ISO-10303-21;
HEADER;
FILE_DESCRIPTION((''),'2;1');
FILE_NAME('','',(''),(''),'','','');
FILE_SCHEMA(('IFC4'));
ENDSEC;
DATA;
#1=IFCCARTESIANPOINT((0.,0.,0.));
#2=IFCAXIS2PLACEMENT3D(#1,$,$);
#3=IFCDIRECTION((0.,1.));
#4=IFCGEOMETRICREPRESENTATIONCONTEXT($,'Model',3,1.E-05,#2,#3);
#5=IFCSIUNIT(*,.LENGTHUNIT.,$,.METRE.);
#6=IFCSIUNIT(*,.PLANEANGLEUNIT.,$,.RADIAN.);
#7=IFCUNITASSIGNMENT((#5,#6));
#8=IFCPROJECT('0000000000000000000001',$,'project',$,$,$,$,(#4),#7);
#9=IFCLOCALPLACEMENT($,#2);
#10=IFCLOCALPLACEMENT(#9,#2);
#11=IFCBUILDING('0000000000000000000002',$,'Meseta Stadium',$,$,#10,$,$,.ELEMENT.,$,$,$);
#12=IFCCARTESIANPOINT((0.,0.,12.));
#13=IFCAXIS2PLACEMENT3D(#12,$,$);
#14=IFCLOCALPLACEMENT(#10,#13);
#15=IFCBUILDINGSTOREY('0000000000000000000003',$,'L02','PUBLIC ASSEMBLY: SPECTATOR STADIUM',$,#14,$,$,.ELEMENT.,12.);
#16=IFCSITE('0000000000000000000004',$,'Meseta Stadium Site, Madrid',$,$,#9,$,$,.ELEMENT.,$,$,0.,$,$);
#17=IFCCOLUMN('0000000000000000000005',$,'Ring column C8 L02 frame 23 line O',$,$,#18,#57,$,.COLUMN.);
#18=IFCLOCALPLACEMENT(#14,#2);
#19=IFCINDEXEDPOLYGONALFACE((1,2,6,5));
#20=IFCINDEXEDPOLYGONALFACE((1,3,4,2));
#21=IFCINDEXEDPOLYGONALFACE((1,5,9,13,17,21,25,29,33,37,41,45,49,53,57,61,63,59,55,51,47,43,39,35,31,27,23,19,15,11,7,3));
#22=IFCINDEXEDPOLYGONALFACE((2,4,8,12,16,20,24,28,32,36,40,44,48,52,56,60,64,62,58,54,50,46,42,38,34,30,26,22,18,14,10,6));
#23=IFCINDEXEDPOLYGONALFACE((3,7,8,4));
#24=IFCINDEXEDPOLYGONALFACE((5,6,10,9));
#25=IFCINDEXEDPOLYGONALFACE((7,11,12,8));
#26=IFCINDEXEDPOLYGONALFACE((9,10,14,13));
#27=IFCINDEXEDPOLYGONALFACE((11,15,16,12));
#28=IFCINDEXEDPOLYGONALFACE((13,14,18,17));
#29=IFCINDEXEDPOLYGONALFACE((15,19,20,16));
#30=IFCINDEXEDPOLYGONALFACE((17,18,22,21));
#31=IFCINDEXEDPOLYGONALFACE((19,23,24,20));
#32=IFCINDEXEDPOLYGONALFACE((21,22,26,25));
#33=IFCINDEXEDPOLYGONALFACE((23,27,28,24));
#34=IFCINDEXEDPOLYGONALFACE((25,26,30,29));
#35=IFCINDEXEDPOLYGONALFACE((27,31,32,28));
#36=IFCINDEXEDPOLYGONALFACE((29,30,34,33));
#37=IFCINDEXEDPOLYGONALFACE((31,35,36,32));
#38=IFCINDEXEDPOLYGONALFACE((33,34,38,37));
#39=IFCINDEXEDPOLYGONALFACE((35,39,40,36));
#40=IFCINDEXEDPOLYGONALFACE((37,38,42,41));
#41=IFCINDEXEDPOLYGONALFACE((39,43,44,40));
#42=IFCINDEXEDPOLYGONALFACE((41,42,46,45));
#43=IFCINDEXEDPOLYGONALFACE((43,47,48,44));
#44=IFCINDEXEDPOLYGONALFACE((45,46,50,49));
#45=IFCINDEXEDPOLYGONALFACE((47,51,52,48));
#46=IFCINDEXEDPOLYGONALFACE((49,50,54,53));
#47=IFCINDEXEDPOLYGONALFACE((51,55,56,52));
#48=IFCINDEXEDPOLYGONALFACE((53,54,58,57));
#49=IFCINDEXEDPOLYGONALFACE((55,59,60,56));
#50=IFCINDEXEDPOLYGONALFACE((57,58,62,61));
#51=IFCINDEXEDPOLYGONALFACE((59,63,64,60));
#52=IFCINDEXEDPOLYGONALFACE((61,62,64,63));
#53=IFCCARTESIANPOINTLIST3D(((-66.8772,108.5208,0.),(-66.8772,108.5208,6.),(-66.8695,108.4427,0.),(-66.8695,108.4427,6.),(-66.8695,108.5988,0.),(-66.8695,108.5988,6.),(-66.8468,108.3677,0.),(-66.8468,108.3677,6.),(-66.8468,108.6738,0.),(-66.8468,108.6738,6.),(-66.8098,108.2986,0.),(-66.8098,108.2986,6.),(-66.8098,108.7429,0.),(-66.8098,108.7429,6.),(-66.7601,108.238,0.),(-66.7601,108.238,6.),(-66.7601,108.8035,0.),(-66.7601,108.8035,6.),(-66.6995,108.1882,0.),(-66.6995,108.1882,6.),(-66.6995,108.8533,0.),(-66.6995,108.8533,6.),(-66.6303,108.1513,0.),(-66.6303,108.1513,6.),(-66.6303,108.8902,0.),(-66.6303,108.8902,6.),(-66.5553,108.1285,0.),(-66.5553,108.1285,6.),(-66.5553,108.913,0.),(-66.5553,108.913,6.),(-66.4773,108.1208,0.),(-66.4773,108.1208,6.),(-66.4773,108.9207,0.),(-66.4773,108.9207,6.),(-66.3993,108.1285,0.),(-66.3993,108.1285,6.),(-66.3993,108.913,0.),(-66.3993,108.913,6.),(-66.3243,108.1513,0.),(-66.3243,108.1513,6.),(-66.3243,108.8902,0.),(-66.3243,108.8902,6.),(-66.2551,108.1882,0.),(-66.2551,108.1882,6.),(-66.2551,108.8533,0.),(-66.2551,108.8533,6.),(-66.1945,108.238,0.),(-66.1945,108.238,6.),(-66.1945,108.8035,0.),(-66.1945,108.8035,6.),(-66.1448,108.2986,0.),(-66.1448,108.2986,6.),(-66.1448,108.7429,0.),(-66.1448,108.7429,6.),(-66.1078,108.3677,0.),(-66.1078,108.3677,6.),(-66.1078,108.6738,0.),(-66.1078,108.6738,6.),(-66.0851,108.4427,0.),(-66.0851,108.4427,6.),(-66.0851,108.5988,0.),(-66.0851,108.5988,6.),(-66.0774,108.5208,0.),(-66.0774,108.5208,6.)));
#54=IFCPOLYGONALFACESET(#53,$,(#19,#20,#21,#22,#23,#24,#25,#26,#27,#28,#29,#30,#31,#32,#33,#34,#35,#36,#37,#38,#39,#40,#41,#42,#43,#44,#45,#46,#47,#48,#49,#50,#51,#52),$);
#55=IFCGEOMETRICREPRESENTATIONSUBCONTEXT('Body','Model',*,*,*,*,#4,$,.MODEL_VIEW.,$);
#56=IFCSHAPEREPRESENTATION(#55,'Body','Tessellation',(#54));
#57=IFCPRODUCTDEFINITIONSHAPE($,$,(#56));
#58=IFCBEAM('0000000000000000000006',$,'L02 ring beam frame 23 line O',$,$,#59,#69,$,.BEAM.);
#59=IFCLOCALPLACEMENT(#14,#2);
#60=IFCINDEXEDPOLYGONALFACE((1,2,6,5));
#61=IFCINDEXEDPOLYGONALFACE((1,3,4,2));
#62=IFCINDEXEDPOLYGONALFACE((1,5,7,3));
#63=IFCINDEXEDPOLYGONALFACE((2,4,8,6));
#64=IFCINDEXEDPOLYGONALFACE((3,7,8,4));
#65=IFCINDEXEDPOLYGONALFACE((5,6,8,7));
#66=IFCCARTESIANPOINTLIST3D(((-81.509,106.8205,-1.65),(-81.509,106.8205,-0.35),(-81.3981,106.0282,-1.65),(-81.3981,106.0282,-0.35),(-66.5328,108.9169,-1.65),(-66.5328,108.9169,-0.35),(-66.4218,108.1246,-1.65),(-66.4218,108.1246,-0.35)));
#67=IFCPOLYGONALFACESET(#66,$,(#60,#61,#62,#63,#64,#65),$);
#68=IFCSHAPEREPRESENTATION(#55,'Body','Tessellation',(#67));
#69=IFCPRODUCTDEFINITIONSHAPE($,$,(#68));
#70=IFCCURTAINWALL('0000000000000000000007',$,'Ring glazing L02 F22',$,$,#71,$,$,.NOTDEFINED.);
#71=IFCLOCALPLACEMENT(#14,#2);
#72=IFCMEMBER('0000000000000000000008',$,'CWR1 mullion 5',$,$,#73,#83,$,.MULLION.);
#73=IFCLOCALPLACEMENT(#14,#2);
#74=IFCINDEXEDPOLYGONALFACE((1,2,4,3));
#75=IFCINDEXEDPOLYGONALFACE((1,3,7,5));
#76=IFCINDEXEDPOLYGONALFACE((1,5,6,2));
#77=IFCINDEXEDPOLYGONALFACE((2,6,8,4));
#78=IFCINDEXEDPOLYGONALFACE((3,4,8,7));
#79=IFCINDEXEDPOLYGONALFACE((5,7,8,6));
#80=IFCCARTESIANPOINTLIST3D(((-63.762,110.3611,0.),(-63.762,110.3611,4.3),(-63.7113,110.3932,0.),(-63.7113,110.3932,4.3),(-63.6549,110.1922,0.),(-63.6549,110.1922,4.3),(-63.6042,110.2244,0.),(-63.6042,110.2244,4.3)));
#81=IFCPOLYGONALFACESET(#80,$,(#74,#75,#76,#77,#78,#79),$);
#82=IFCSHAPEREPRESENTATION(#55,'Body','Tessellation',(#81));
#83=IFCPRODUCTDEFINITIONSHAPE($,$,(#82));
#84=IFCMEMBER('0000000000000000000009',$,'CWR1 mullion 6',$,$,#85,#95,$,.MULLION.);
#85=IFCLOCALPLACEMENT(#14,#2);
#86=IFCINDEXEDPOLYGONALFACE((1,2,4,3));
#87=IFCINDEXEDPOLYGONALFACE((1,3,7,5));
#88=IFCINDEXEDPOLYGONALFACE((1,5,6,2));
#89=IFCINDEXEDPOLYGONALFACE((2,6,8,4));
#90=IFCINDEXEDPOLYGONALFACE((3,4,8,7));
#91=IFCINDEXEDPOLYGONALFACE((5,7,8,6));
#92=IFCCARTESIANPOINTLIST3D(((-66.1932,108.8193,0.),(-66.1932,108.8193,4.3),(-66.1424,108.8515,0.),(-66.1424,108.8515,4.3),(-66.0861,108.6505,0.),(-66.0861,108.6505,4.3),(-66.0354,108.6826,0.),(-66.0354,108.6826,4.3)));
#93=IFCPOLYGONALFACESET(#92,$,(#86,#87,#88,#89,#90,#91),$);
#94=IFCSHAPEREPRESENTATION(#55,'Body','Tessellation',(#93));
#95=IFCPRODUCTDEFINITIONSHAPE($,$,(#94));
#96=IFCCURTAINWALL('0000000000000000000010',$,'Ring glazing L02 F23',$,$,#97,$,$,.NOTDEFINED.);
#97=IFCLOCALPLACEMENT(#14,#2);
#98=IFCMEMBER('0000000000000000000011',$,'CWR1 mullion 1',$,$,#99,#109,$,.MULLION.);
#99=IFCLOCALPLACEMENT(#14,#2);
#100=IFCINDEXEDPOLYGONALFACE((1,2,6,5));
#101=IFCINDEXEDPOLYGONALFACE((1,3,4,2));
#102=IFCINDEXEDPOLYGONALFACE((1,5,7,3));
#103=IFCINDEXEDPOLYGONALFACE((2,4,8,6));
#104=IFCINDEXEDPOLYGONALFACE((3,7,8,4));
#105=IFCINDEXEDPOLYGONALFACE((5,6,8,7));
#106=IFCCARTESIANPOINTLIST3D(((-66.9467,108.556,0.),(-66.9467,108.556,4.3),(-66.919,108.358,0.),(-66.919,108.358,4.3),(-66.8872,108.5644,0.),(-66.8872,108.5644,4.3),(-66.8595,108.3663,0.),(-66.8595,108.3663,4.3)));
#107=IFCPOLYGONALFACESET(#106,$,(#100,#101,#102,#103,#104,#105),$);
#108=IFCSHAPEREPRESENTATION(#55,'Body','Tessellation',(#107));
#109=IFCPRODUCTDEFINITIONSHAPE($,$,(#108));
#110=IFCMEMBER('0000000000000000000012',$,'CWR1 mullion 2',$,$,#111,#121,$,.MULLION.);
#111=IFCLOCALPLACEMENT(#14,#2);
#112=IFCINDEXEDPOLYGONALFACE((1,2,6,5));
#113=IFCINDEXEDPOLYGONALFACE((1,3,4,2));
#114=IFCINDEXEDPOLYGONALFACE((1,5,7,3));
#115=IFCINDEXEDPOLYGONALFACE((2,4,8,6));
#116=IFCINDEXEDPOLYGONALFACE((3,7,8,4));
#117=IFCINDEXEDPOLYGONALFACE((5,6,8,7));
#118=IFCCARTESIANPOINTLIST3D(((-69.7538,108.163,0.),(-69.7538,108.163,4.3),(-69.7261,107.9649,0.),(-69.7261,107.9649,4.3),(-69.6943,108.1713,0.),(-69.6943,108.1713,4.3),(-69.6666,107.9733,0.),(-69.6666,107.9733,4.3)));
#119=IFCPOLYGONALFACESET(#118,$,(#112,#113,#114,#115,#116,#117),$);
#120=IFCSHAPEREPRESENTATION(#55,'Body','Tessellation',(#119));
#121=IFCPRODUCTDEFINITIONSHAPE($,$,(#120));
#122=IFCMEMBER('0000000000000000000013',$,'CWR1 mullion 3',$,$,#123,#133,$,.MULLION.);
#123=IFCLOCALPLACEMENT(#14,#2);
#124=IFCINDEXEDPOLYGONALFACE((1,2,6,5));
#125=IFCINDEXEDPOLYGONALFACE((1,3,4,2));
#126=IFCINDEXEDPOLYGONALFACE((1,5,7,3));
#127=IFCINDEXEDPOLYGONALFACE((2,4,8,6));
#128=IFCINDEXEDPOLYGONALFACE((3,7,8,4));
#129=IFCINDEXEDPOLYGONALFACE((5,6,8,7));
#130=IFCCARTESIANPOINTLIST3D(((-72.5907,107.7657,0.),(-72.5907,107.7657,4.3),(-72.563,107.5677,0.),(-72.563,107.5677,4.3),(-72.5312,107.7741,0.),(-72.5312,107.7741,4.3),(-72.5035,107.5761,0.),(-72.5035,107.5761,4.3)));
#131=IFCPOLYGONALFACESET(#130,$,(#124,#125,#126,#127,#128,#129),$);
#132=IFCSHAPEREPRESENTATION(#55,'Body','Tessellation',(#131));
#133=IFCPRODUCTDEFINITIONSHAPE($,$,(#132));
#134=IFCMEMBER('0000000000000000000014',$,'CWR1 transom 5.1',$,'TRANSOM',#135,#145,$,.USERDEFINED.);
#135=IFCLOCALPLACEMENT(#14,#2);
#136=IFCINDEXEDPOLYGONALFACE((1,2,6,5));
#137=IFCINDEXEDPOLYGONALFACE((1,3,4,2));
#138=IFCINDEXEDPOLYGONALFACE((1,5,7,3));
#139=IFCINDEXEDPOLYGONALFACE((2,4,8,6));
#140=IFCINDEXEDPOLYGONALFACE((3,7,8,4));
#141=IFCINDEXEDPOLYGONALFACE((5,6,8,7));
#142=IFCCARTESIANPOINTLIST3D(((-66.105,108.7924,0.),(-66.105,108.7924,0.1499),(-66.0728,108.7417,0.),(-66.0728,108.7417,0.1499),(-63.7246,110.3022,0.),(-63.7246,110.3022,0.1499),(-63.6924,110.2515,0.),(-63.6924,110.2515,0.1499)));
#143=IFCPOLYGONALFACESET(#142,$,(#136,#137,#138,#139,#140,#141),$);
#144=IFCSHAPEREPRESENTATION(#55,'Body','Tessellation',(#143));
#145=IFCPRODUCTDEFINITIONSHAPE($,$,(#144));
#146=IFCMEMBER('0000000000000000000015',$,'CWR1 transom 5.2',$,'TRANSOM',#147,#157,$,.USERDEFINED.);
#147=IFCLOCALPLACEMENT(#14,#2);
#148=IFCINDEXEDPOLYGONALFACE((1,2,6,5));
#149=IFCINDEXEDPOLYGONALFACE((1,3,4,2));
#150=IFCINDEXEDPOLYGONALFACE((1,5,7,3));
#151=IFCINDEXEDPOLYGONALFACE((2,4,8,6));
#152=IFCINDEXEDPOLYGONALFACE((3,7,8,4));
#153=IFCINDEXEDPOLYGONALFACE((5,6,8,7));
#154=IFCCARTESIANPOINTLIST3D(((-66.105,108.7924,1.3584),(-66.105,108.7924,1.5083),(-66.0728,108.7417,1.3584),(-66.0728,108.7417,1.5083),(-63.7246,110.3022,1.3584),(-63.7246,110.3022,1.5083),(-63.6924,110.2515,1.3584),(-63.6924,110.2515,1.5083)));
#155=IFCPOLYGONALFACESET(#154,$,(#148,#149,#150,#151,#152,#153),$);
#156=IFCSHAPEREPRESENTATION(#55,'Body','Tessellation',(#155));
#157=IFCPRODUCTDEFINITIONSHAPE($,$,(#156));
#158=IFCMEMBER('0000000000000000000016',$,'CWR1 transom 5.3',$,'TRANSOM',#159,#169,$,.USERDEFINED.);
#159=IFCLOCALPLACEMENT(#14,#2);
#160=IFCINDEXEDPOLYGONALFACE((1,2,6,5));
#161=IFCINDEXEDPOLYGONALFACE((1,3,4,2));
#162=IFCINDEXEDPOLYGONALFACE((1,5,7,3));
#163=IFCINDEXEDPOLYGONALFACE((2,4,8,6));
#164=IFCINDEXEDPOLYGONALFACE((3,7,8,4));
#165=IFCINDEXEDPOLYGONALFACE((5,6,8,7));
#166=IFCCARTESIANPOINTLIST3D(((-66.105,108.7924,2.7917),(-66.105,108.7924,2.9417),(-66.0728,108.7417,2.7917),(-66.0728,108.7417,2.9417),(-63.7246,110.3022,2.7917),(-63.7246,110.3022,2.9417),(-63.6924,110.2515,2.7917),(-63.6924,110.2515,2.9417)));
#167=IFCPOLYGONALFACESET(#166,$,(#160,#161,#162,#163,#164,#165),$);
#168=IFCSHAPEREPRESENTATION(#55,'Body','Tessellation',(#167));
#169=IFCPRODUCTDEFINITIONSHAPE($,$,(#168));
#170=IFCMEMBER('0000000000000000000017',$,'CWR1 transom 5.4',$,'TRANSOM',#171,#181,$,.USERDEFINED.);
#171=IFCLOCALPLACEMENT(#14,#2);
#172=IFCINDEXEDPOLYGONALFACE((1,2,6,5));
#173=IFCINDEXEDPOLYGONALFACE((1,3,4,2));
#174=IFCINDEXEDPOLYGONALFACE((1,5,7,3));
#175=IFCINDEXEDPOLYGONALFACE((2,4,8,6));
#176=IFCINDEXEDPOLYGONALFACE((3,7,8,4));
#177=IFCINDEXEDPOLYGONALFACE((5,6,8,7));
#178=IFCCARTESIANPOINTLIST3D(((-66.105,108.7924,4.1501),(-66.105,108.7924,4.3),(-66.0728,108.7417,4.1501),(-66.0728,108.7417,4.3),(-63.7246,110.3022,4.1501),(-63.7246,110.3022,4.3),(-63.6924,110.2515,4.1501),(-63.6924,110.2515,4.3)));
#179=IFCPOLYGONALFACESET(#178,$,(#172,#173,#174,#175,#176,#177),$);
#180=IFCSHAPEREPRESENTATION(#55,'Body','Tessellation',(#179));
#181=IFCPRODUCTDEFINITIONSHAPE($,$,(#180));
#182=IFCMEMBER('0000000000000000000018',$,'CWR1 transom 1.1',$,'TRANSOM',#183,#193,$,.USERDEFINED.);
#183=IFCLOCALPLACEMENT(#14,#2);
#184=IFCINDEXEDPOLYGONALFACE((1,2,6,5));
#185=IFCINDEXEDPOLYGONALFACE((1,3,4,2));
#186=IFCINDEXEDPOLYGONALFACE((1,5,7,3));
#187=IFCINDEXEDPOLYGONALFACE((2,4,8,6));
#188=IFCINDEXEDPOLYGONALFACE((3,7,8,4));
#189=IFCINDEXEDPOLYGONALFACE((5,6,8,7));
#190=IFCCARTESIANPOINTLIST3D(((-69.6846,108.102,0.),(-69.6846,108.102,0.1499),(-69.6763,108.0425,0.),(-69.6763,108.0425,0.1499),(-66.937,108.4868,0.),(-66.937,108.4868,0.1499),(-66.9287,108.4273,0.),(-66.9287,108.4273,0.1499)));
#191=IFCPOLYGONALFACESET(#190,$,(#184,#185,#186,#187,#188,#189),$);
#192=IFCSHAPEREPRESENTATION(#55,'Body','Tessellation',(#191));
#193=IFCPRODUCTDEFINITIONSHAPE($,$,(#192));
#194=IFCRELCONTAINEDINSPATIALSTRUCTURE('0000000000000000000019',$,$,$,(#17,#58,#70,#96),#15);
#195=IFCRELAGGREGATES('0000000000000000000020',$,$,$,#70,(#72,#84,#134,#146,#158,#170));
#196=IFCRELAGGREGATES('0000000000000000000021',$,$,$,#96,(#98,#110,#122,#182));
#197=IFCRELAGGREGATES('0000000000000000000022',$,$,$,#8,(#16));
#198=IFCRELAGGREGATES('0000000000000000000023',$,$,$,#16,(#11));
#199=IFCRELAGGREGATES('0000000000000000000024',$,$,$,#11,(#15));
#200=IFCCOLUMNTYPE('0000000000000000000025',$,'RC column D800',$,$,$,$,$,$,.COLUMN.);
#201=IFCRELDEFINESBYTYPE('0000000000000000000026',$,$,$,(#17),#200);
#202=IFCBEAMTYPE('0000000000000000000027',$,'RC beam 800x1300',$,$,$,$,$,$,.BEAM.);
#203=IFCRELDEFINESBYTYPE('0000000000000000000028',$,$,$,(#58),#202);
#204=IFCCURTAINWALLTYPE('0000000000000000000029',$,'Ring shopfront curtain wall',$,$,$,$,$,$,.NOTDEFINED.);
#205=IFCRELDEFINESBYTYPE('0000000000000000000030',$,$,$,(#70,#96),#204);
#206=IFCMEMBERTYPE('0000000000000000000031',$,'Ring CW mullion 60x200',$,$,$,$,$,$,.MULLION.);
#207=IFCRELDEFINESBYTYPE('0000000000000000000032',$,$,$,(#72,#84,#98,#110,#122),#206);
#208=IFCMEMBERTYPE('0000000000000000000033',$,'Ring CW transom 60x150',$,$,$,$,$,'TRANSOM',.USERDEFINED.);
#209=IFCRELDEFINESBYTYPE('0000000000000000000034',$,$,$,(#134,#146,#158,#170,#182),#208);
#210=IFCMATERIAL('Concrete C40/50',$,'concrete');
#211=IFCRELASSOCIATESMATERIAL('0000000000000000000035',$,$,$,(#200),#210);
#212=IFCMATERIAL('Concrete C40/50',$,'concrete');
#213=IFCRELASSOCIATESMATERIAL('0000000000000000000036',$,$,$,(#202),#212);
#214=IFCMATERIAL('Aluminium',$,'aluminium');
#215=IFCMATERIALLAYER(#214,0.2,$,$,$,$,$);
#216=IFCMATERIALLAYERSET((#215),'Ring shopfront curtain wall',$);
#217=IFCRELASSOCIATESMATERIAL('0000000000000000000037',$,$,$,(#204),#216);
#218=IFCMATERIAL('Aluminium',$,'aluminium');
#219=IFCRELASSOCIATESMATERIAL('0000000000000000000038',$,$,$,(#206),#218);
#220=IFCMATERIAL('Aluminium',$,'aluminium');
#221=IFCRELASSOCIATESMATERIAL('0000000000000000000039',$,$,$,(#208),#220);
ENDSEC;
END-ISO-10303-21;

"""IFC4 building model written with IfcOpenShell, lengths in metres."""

from ifc_helpers import new_model, si_unit, direction, frame, origin, origin_2d, place, context, subcontext, project, spatial, rectangle, circle, extrude, material, layer, layer_set, material_profile, profile_set, type_object, element, aggregate, save


model = new_model("IFC4")

# Units and contexts
model_context = context("Model", 3, precision=1e-05, world=origin(), true_north=direction((0.0, 1.0)))
body_context = subcontext(model_context, "Body", "Model", "MODEL_VIEW")
ifc_project = project(units=[si_unit("LENGTHUNIT", "METRE"), si_unit("PLANEANGLEUNIT", "RADIAN")], contexts=[model_context])

# Site, building, storey
site_placement = place(None, origin())
site = spatial("IfcSite", under=ifc_project, at=site_placement, Name="Meseta Stadium Site, Madrid", CompositionType="ELEMENT", RefElevation=0.0)
building_placement = place(site_placement, origin())
building = spatial("IfcBuilding", under=site, at=building_placement, Name="Meseta Stadium", CompositionType="ELEMENT")
storey_placement = place(building_placement, frame((0.0, 0.0, 12.0)))
storey = spatial("IfcBuildingStorey", under=building, at=storey_placement, Name="L02", Description="PUBLIC ASSEMBLY: SPECTATOR STADIUM", CompositionType="ELEMENT", Elevation=12.0)

# Column
ifc_material_1 = material(Name="Concrete C40/50", Category="concrete")
ifc_material_profile_1 = material_profile(ifc_material_1, circle(Radius=0.3999, at=origin_2d()), Name="RC D800")
ifc_profile_set_1 = profile_set([ifc_material_profile_1], Name="Concrete C40/50")
column_type = type_object("IfcColumnType", Name="RC column D800", PredefinedType="COLUMN", material=ifc_profile_set_1)
column_placement = place(storey_placement, frame((-66.4773, 108.5208, 0.0), z_axis=(0.0, 0.0, 1.0), x_axis=(1.0, 0.0, 0.0)))
element("IfcColumn", 1, at=column_placement, inside=storey, type_object=column_type, Name="Ring column C8 L02 frame 23 line O", PredefinedType="COLUMN", context=body_context, shape_type="SweptSolid", body=[
    extrude(circle(Radius=0.3999, at=origin_2d()), origin(), (0.0, 0.0, 1.0), 6.0),
])

# Beam
ifc_material_2 = material(Name="Concrete C40/50", Category="concrete")
ifc_material_profile_2 = material_profile(ifc_material_2, rectangle(XDim=0.8, YDim=1.3, at=origin_2d()), Name="RC 800x1300")
ifc_profile_set_2 = profile_set([ifc_material_profile_2], Name="Concrete C40/50")
beam_type = type_object("IfcBeamType", Name="RC beam 800x1300", PredefinedType="BEAM", material=ifc_profile_set_2)
beam_placement = place(storey_placement, frame((-66.4773, 108.5208, -1.0), z_axis=(-0.990344, -0.138632, 0.0), x_axis=(0.138632, -0.990344, 0.0)))
element("IfcBeam", 2, at=beam_placement, inside=storey, type_object=beam_type, Name="L02 ring beam frame 23 line O", PredefinedType="BEAM", context=body_context, shape_type="SweptSolid", body=[
    extrude(rectangle(XDim=0.8, YDim=1.3, at=origin_2d()), origin(), (0.0, 0.0, 1.0), 15.1223),
])

# Curtain walls, members
ifc_material_3 = material(Name="Aluminium", Category="aluminium")
ifc_layer_1 = layer(ifc_material_3, 0.2)
ifc_layer_set_1 = layer_set([ifc_layer_1], Name="Ring shopfront curtain wall")
curtain_wall_type = type_object("IfcCurtainWallType", Name="Ring shopfront curtain wall", PredefinedType="NOTDEFINED", material=ifc_layer_set_1)
curtain_wall_1_placement = place(storey_placement, origin())
curtain_wall_1 = element("IfcCurtainWall", 3, at=curtain_wall_1_placement, inside=storey, type_object=curtain_wall_type, Name="Ring glazing L02 F22", PredefinedType="NOTDEFINED")
ifc_material_4 = material(Name="Aluminium", Category="aluminium")
ifc_material_profile_3 = material_profile(ifc_material_4, rectangle(XDim=0.2, YDim=0.0601, at=origin_2d()), Name="CW 200x60")
ifc_profile_set_3 = profile_set([ifc_material_profile_3], Name="Aluminium")
member_type_1 = type_object("IfcMemberType", Name="Ring CW mullion 60x200", PredefinedType="MULLION", material=ifc_profile_set_3)
member_1_placement = place(storey_placement, frame((-63.6831, 110.2927, 0.0), z_axis=(0.0, 0.0, 1.0), x_axis=(0.535569, -0.844491, 0.0)))
member_1 = element("IfcMember", 4, at=member_1_placement, type_object=member_type_1, Name="CWR1 mullion 5", PredefinedType="MULLION", context=body_context, shape_type="SweptSolid", body=[
    extrude(rectangle(XDim=0.2, YDim=0.0601, at=origin_2d()), origin(), (0.0, 0.0, 1.0), 4.3),
])
member_2_placement = place(storey_placement, frame((-66.1143, 108.751, 0.0), z_axis=(0.0, 0.0, 1.0), x_axis=(0.535569, -0.844491, 0.0)))
member_2 = element("IfcMember", 5, at=member_2_placement, type_object=member_type_1, Name="CWR1 mullion 6", PredefinedType="MULLION", context=body_context, shape_type="SweptSolid", body=[
    extrude(rectangle(XDim=0.2, YDim=0.0601, at=origin_2d()), origin(), (0.0, 0.0, 1.0), 4.3),
])
curtain_wall_2_placement = place(storey_placement, origin())
curtain_wall_2 = element("IfcCurtainWall", 6, at=curtain_wall_2_placement, inside=storey, type_object=curtain_wall_type, Name="Ring glazing L02 F23", PredefinedType="NOTDEFINED")
member_3_placement = place(storey_placement, frame((-66.9031, 108.4612, 0.0), z_axis=(0.0, 0.0, 1.0), x_axis=(0.138643, -0.990342, 0.0)))
member_3 = element("IfcMember", 7, at=member_3_placement, type_object=member_type_1, Name="CWR1 mullion 1", PredefinedType="MULLION", context=body_context, shape_type="SweptSolid", body=[
    extrude(rectangle(XDim=0.2, YDim=0.0601, at=origin_2d()), origin(), (0.0, 0.0, 1.0), 4.3),
])
member_4_placement = place(storey_placement, frame((-69.7102, 108.0681, 0.0), z_axis=(0.0, 0.0, 1.0), x_axis=(0.138643, -0.990342, 0.0)))
member_4 = element("IfcMember", 8, at=member_4_placement, type_object=member_type_1, Name="CWR1 mullion 2", PredefinedType="MULLION", context=body_context, shape_type="SweptSolid", body=[
    extrude(rectangle(XDim=0.2, YDim=0.0601, at=origin_2d()), origin(), (0.0, 0.0, 1.0), 4.3),
])
member_5_placement = place(storey_placement, frame((-72.5471, 107.6709, 0.0), z_axis=(0.0, 0.0, 1.0), x_axis=(0.138643, -0.990342, 0.0)))
member_5 = element("IfcMember", 9, at=member_5_placement, type_object=member_type_1, Name="CWR1 mullion 3", PredefinedType="MULLION", context=body_context, shape_type="SweptSolid", body=[
    extrude(rectangle(XDim=0.2, YDim=0.0601, at=origin_2d()), origin(), (0.0, 0.0, 1.0), 4.3),
])

# Members
ifc_material_5 = material(Name="Aluminium", Category="aluminium")
ifc_material_profile_4 = material_profile(ifc_material_5, rectangle(XDim=0.0601, YDim=0.1499, at=origin_2d()), Name="CW 60x150")
ifc_profile_set_4 = profile_set([ifc_material_profile_4], Name="Aluminium")
member_type_2 = type_object("IfcMemberType", Name="Ring CW transom 60x150", ElementType="TRANSOM", PredefinedType="USERDEFINED", material=ifc_profile_set_4)
member_6_placement = place(storey_placement, frame((-63.7085, 110.2769, 0.075), z_axis=(-0.844467, -0.535608, 0.0), x_axis=(0.535608, -0.844467, 0.0)))
member_6 = element("IfcMember", 10, at=member_6_placement, type_object=member_type_2, Name="CWR1 transom 5.1", ObjectType="TRANSOM", PredefinedType="USERDEFINED", context=body_context, shape_type="SweptSolid", body=[
    extrude(rectangle(XDim=0.0601, YDim=0.1499, at=origin_2d()), origin(), (0.0, 0.0, 1.0), 2.8188),
])
member_7_placement = place(storey_placement, frame((-63.7085, 110.2769, 1.4333), z_axis=(-0.844467, -0.535608, 0.0), x_axis=(0.535608, -0.844467, 0.0)))
member_7 = element("IfcMember", 11, at=member_7_placement, type_object=member_type_2, Name="CWR1 transom 5.2", ObjectType="TRANSOM", PredefinedType="USERDEFINED", context=body_context, shape_type="SweptSolid", body=[
    extrude(rectangle(XDim=0.0601, YDim=0.1499, at=origin_2d()), origin(), (0.0, 0.0, 1.0), 2.8188),
])
member_8_placement = place(storey_placement, frame((-63.7085, 110.2769, 2.8667), z_axis=(-0.844467, -0.535608, 0.0), x_axis=(0.535608, -0.844467, 0.0)))
member_8 = element("IfcMember", 12, at=member_8_placement, type_object=member_type_2, Name="CWR1 transom 5.3", ObjectType="TRANSOM", PredefinedType="USERDEFINED", context=body_context, shape_type="SweptSolid", body=[
    extrude(rectangle(XDim=0.0601, YDim=0.1499, at=origin_2d()), origin(), (0.0, 0.0, 1.0), 2.8188),
])
member_9_placement = place(storey_placement, frame((-63.7085, 110.2769, 4.2251), z_axis=(-0.844467, -0.535608, 0.0), x_axis=(0.535608, -0.844467, 0.0)))
member_9 = element("IfcMember", 13, at=member_9_placement, type_object=member_type_2, Name="CWR1 transom 5.4", ObjectType="TRANSOM", PredefinedType="USERDEFINED", context=body_context, shape_type="SweptSolid", body=[
    extrude(rectangle(XDim=0.0601, YDim=0.1499, at=origin_2d()), origin(), (0.0, 0.0, 1.0), 2.8188),
])
member_10_placement = place(storey_placement, frame((-66.9329, 108.457, 0.075), z_axis=(-0.990336, -0.138686, 0.0), x_axis=(0.138686, -0.990336, 0.0)))
member_10 = element("IfcMember", 14, at=member_10_placement, type_object=member_type_2, Name="CWR1 transom 1.1", ObjectType="TRANSOM", PredefinedType="USERDEFINED", context=body_context, shape_type="SweptSolid", body=[
    extrude(rectangle(XDim=0.0601, YDim=0.1499, at=origin_2d()), origin(), (0.0, 0.0, 1.0), 2.7744),
])

aggregate(curtain_wall_1, [member_1, member_2, member_6, member_7, member_8, member_9])
aggregate(curtain_wall_2, [member_3, member_4, member_5, member_10])

save(model, "model.ifc")
